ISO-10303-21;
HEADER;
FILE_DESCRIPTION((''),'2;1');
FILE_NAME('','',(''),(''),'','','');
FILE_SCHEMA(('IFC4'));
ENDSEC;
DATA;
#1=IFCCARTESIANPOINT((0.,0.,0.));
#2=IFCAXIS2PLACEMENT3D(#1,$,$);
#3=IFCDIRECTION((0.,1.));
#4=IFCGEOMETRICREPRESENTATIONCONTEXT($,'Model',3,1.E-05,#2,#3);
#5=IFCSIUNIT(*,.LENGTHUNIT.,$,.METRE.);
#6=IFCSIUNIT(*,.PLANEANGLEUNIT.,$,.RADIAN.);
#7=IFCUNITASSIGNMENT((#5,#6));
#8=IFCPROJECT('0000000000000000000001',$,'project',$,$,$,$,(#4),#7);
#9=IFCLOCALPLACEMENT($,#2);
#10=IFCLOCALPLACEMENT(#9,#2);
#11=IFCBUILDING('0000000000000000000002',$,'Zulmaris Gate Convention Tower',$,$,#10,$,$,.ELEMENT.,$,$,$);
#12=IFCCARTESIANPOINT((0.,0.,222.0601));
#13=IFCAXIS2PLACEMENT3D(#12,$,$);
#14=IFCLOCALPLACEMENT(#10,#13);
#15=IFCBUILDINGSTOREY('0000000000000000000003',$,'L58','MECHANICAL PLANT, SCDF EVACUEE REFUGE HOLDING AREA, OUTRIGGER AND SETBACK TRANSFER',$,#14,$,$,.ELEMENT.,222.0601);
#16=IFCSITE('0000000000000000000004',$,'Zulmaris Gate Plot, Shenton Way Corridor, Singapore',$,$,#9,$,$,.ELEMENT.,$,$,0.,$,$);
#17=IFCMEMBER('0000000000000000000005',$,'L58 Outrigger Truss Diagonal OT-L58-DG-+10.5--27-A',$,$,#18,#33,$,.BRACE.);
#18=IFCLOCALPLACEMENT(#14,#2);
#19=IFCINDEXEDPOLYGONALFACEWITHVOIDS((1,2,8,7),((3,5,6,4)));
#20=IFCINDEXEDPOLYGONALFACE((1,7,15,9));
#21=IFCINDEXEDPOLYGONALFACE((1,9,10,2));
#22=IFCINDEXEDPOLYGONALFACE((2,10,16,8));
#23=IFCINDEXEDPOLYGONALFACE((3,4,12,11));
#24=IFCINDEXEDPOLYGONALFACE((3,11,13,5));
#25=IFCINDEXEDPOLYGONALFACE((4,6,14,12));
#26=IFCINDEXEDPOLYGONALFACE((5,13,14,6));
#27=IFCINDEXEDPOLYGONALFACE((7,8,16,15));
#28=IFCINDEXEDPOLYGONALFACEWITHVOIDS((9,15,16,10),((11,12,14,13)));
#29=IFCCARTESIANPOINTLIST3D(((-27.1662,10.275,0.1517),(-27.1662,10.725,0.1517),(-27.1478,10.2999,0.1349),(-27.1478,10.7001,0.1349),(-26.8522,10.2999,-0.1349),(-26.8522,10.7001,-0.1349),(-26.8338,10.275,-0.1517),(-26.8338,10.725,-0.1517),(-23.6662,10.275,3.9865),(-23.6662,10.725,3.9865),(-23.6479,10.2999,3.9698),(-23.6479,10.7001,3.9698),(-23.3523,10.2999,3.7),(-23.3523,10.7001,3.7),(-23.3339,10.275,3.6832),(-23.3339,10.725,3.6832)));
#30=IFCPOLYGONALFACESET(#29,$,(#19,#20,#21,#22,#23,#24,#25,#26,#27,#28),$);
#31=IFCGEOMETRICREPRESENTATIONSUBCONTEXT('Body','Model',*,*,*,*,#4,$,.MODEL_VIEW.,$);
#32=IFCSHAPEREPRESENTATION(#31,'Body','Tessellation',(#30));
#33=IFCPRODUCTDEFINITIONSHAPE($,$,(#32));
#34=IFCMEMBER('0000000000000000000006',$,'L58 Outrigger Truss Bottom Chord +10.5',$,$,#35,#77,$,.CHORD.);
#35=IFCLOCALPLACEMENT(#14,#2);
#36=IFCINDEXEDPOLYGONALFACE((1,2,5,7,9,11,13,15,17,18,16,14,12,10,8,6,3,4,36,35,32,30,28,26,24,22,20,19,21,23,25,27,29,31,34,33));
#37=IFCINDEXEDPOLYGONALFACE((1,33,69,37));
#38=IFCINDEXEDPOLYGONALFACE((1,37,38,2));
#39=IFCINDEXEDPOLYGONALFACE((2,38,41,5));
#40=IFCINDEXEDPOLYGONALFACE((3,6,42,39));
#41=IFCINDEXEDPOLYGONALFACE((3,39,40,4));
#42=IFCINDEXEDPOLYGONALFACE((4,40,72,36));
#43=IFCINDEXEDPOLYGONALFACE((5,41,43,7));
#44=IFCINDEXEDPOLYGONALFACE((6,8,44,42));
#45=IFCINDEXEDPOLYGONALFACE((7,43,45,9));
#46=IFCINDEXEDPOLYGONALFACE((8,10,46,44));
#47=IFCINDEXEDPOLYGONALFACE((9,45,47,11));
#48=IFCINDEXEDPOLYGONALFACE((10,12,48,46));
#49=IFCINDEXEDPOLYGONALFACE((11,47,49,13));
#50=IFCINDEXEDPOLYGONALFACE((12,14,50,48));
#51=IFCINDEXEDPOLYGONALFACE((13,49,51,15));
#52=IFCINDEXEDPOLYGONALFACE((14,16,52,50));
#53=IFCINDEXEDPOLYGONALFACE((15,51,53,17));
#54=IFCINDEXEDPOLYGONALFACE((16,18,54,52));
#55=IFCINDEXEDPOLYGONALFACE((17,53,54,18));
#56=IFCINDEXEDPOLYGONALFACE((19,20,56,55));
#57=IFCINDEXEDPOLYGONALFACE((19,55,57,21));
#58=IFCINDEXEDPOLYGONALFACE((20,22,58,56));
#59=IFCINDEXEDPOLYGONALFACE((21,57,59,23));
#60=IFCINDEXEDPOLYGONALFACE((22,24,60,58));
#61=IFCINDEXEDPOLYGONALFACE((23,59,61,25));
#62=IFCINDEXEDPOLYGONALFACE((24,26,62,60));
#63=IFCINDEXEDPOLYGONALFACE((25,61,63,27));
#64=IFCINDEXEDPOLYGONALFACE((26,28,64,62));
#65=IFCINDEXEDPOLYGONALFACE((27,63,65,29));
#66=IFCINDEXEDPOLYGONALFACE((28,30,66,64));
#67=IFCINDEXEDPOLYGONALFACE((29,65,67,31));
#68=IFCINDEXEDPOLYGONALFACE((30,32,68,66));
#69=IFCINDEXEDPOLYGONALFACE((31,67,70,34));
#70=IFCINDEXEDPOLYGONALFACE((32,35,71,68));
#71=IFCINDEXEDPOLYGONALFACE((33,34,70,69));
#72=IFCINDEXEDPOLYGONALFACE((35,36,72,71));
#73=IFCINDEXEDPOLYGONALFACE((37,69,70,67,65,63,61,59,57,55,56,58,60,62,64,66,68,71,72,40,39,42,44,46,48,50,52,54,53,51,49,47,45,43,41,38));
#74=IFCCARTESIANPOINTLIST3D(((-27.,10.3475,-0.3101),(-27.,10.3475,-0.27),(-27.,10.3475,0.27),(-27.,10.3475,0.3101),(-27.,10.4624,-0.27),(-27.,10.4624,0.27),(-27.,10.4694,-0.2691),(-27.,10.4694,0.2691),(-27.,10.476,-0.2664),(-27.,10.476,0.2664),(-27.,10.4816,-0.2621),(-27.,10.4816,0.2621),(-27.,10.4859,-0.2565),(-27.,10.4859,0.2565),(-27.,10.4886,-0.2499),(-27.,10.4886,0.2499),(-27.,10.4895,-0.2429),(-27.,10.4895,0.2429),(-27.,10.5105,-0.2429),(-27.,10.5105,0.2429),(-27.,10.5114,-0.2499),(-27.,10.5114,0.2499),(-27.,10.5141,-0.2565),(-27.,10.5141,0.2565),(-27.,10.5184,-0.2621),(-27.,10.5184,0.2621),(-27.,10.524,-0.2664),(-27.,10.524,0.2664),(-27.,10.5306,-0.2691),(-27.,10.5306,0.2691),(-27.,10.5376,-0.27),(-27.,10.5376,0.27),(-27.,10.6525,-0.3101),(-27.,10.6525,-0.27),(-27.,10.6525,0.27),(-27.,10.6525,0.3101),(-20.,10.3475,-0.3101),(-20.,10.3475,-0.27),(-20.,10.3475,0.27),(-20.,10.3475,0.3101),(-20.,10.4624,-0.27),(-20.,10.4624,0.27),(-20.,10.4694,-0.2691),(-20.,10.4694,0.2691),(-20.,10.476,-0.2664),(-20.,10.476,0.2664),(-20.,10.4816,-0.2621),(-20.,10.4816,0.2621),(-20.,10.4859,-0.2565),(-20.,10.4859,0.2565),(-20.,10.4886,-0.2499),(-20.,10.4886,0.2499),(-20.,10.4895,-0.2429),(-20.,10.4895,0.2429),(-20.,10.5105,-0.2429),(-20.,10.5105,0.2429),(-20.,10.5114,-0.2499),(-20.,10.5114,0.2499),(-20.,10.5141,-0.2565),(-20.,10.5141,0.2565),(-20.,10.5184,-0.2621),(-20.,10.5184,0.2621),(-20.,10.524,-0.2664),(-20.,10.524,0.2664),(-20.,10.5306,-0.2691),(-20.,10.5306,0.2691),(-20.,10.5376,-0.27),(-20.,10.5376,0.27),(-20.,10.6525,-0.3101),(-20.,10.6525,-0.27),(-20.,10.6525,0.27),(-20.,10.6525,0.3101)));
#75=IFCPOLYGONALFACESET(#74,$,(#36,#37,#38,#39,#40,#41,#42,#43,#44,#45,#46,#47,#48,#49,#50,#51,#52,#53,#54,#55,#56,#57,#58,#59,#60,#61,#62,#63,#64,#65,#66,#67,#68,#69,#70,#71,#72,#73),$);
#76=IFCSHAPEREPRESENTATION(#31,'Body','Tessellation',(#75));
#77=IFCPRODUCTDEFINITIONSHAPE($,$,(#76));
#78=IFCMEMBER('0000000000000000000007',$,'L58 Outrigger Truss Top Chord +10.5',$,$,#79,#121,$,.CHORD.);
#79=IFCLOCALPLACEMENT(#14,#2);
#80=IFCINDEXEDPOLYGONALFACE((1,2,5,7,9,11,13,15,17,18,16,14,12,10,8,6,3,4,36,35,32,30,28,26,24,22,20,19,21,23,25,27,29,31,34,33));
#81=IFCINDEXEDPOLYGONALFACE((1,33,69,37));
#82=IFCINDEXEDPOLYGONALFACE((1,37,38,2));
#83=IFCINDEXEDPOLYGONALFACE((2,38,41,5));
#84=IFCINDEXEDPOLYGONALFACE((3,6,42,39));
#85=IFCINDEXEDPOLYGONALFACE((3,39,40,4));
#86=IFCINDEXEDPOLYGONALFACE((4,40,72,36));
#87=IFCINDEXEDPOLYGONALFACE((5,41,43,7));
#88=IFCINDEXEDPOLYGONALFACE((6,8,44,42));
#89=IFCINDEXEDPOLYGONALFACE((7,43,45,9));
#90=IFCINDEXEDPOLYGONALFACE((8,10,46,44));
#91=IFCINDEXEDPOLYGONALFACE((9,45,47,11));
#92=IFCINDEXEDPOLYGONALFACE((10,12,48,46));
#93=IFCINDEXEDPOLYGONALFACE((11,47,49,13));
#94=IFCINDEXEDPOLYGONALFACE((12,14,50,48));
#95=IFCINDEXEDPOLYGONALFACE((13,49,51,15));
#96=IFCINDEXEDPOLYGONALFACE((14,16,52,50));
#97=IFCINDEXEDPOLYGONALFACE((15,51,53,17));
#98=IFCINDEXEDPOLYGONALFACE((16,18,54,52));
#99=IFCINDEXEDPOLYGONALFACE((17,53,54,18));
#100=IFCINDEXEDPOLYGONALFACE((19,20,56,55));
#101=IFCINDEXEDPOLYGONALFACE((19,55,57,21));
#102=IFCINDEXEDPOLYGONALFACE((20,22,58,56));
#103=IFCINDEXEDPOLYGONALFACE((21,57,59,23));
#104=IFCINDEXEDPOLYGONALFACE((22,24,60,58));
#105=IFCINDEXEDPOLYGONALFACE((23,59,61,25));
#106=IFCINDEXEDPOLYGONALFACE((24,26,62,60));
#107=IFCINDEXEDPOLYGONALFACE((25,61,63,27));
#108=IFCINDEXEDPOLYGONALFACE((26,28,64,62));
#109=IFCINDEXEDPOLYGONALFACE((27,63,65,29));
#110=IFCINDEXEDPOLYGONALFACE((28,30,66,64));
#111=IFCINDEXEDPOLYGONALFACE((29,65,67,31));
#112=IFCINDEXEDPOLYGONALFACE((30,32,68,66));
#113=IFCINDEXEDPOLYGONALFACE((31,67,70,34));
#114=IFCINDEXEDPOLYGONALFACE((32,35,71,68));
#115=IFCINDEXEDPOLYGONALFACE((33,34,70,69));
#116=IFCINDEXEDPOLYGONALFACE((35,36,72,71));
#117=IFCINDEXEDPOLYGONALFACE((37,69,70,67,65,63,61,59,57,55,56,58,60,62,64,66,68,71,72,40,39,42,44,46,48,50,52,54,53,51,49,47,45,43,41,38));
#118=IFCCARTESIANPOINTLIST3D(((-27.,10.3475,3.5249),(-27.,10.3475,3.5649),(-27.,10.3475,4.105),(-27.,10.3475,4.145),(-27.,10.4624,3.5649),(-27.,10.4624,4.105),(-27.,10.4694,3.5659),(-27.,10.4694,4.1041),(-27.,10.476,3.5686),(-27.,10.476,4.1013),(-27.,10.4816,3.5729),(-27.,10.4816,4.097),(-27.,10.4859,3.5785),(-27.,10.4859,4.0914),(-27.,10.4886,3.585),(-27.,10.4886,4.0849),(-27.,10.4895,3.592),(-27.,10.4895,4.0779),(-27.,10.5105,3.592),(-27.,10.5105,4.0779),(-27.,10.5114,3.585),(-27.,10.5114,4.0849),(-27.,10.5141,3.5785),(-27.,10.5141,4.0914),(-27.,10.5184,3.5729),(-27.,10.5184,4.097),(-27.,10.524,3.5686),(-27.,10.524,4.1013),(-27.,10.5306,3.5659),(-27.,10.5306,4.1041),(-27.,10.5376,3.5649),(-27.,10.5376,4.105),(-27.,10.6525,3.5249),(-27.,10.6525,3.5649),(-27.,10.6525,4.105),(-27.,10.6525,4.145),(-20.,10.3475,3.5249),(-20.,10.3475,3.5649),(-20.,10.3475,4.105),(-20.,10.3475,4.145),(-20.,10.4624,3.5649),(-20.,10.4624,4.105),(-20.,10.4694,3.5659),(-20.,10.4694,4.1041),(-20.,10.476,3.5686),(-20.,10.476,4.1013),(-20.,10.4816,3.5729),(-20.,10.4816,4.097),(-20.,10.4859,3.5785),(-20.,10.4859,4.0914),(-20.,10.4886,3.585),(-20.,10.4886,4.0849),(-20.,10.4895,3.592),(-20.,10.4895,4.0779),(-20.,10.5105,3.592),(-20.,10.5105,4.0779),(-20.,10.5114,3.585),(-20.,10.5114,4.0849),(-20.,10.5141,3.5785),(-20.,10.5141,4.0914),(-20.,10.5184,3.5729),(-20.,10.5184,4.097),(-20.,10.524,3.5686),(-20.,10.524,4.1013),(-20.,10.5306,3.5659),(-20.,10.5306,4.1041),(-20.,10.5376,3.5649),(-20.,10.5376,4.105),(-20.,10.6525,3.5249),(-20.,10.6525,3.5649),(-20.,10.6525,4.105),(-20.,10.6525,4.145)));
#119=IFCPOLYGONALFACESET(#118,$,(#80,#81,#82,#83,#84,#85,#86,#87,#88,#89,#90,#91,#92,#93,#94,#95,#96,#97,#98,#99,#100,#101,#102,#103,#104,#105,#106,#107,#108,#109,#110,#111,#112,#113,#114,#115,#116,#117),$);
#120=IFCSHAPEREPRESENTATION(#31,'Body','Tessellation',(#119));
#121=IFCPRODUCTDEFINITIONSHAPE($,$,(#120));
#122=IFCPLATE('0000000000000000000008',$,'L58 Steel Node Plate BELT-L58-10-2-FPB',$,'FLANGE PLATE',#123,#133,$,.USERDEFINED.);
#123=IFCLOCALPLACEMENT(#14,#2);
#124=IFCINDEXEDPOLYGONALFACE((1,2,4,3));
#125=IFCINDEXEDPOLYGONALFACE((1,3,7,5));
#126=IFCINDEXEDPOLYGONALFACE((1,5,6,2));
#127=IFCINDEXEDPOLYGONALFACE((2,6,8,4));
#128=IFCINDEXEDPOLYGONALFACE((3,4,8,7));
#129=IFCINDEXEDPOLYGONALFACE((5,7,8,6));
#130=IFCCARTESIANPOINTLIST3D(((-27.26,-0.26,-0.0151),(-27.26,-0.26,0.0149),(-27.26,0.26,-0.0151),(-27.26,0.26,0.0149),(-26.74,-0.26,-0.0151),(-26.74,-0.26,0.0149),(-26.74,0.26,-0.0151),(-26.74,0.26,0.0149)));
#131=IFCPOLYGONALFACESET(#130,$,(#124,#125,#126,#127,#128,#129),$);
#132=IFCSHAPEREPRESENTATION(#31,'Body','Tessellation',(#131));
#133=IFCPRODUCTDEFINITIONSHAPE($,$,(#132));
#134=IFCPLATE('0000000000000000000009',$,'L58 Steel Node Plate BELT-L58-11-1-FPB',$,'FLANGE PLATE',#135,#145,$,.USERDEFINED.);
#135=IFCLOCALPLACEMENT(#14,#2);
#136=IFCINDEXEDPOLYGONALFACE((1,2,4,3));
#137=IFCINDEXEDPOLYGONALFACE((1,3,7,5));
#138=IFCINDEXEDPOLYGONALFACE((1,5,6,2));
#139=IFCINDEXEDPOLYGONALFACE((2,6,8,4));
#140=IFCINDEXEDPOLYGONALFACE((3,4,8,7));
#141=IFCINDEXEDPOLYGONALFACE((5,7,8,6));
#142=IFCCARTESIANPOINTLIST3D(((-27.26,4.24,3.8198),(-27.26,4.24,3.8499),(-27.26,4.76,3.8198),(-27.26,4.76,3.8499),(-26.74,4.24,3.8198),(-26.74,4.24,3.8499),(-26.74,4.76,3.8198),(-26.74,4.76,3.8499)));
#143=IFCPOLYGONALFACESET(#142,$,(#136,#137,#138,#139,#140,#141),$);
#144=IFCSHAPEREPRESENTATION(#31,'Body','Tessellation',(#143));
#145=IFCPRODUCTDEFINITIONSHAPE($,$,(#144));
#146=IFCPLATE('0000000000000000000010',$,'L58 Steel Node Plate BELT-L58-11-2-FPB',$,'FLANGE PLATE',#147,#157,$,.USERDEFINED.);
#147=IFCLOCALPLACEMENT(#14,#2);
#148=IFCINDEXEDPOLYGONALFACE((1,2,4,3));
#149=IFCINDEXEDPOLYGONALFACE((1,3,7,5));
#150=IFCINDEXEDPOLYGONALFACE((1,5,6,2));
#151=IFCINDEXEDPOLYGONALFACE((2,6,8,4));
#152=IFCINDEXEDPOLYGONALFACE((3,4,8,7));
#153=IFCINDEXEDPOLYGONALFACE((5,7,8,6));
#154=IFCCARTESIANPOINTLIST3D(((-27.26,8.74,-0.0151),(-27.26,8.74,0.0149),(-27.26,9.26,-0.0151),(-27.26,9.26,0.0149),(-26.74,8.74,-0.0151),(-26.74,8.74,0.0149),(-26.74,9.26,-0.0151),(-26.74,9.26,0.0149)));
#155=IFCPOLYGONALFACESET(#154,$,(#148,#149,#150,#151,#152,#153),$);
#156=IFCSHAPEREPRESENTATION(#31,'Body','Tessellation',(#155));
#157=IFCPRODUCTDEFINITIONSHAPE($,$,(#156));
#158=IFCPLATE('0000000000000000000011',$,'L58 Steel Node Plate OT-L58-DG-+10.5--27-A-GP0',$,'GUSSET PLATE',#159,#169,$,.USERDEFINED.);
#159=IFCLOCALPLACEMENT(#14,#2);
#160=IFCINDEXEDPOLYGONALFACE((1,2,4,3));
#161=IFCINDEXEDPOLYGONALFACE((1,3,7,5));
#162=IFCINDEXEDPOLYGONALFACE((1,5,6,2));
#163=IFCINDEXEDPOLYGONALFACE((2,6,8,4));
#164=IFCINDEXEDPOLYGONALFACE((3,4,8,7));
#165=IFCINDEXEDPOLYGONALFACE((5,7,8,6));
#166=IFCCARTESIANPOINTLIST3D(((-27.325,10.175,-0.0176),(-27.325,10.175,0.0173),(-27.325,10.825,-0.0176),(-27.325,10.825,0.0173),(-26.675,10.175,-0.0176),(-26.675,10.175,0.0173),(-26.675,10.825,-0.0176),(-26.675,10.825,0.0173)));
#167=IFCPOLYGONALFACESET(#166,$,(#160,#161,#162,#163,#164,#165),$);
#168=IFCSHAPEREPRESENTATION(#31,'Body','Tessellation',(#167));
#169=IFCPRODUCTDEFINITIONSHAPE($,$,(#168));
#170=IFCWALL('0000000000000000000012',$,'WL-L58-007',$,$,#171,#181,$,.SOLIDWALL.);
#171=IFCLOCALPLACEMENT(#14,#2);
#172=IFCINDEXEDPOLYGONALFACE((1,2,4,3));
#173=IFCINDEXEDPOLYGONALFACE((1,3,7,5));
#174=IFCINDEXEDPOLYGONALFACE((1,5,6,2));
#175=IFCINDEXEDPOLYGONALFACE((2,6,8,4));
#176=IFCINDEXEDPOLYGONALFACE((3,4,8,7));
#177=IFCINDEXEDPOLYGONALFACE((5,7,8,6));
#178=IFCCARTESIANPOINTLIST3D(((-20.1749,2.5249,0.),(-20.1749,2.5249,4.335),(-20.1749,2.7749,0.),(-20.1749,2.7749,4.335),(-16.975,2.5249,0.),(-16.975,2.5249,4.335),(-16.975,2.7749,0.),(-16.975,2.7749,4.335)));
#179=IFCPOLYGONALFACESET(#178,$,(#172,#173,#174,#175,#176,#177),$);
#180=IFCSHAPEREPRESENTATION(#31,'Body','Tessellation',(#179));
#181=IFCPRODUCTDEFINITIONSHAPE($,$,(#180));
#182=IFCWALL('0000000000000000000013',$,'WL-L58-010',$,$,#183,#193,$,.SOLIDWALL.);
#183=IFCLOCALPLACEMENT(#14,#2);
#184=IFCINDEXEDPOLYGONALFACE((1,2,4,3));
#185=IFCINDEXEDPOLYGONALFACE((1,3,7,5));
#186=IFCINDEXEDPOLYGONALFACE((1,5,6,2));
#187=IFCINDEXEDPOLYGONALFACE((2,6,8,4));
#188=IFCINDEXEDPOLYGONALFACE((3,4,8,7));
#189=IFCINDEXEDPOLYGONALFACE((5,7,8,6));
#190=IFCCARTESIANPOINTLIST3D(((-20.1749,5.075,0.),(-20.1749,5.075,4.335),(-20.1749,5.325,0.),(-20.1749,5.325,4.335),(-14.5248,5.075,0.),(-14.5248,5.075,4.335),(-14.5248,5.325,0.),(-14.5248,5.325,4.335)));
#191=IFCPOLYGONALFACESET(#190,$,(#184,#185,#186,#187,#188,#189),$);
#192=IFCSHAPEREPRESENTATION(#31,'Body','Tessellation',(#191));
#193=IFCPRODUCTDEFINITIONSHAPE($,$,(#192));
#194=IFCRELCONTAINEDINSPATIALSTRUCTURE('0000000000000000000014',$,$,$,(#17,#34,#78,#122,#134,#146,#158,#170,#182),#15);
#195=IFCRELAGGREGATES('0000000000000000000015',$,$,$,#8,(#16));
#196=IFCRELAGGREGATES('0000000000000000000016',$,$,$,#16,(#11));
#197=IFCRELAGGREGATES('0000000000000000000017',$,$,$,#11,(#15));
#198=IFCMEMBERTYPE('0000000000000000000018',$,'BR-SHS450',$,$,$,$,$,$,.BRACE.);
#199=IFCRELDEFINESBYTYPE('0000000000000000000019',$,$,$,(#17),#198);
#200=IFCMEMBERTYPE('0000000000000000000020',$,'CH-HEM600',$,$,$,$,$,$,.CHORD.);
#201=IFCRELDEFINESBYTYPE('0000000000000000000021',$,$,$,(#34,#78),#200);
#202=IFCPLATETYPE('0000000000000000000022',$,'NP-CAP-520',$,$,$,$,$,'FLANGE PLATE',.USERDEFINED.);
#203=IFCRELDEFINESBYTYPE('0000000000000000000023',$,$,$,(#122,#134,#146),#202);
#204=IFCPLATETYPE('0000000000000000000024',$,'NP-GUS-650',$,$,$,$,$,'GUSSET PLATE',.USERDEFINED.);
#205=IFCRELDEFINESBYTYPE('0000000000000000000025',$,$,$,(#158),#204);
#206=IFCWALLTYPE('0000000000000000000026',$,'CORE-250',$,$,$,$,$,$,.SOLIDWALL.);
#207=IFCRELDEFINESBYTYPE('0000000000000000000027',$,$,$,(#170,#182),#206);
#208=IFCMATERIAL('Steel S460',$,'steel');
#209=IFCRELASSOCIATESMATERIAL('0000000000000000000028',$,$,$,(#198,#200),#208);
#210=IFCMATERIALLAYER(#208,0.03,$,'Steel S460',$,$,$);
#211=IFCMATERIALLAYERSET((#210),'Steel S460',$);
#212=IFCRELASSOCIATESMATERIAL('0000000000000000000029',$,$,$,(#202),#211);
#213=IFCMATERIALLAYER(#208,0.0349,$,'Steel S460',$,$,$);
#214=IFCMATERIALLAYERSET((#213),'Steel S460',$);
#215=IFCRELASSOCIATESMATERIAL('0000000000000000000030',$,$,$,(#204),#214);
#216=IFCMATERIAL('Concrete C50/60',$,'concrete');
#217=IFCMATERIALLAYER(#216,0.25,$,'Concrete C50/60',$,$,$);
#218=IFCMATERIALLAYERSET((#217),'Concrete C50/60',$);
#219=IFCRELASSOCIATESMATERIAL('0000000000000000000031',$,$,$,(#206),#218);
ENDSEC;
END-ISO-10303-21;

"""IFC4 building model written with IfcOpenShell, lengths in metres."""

from ifc_helpers import new_model, si_unit, direction, frame, frame_2d, origin, origin_2d, place, context, subcontext, project, spatial, rectangle, hollow_rectangle, i_section, extrude, material, layer, layer_set, material_profile, profile_set, type_object, element, save


model = new_model("IFC4")

# Units and contexts
model_context = context("Model", 3, precision=1e-05, world=origin(), true_north=direction((0.0, 1.0)))
body_context = subcontext(model_context, "Body", "Model", "MODEL_VIEW")
ifc_project = project(units=[si_unit("LENGTHUNIT", "METRE"), si_unit("PLANEANGLEUNIT", "RADIAN")], contexts=[model_context])

# Site, building, storey
site_placement = place(None, origin())
site = spatial("IfcSite", under=ifc_project, at=site_placement, Name="Zulmaris Gate Plot, Shenton Way Corridor, Singapore", CompositionType="ELEMENT", RefElevation=0.0)
building_placement = place(site_placement, origin())
building = spatial("IfcBuilding", under=site, at=building_placement, Name="Zulmaris Gate Convention Tower", CompositionType="ELEMENT")
storey_placement = place(building_placement, frame((0.0, 0.0, 222.0601)))
storey = spatial("IfcBuildingStorey", under=building, at=storey_placement, Name="L58", Description="MECHANICAL PLANT, SCDF EVACUEE REFUGE HOLDING AREA, OUTRIGGER AND SETBACK TRANSFER", CompositionType="ELEMENT", Elevation=222.0601)

# Shared definitions
ifc_material_1 = material(Name="Steel S460", Category="steel")

# Members
ifc_material_profile_1 = material_profile(ifc_material_1, hollow_rectangle(XDim=0.45, YDim=0.45, WallThickness=0.0249, at=origin_2d()), Name="SHS 450x450x25")
ifc_profile_set_1 = profile_set([ifc_material_profile_1], Name="Steel S460")
member_type_1 = type_object("IfcMemberType", Name="BR-SHS450", PredefinedType="BRACE", material=ifc_profile_set_1)
member_1_placement = place(storey_placement, frame((-27.0, 10.5, 0.0), z_axis=(0.674113, 0.0, 0.738628), x_axis=(0.0, 1.0, 0.0)))
element("IfcMember", 1, at=member_1_placement, inside=storey, type_object=member_type_1, Name="L58 Outrigger Truss Diagonal OT-L58-DG-+10.5--27-A", PredefinedType="BRACE", context=body_context, shape_type="SweptSolid", body=[
    extrude(hollow_rectangle(XDim=0.45, YDim=0.45, WallThickness=0.0249, at=origin_2d()), origin(), (0.0, 0.0, 1.0), 5.1919),
])
ifc_material_profile_2 = material_profile(ifc_material_1, i_section(OverallWidth=0.3049, OverallDepth=0.6201, WebThickness=0.021, FlangeThickness=0.04, FilletRadius=0.0271, at=origin_2d()), Name="HEM 600")
ifc_profile_set_2 = profile_set([ifc_material_profile_2], Name="Steel S460")
member_type_2 = type_object("IfcMemberType", Name="CH-HEM600", PredefinedType="CHORD", material=ifc_profile_set_2)
for number, where, z_axis, x_axis, name in (
    (2, (-27.0, 10.5, 0.0), (1.0, 0.0, 0.0), (0.0, 1.0, 0.0), "L58 Outrigger Truss Bottom Chord +10.5"),
    (3, (-27.0, 10.5, 3.835), (1.0, 0.0, 0.0), (0.0, 1.0, 0.0), "L58 Outrigger Truss Top Chord +10.5"),
):
    element("IfcMember", number, at=place(storey_placement, frame(where, z_axis=z_axis, x_axis=x_axis)), inside=storey, type_object=member_type_2, Name=name, PredefinedType="CHORD", context=body_context, shape_type="SweptSolid", body=[
        extrude(i_section(OverallWidth=0.3049, OverallDepth=0.6201, WebThickness=0.021, FlangeThickness=0.04, FilletRadius=0.0271, at=origin_2d()), origin(), (0.0, 0.0, 1.0), 7.0),
    ])

# Plates
ifc_layer_1 = layer(ifc_material_1, 0.03, Name="Steel S460")
ifc_layer_set_1 = layer_set([ifc_layer_1], Name="Steel S460")
plate_type_1 = type_object("IfcPlateType", Name="NP-CAP-520", ElementType="FLANGE PLATE", PredefinedType="USERDEFINED", material=ifc_layer_set_1)
for number, where, z_axis, x_axis, name in (
    (4, (-27.0, 0.0, -0.0151), (0.0, 0.0, 1.0), (1.0, 0.0, 0.0), "L58 Steel Node Plate BELT-L58-10-2-FPB"),
    (5, (-27.0, 4.5, 3.8198), (0.0, 0.0, 1.0), (1.0, 0.0, 0.0), "L58 Steel Node Plate BELT-L58-11-1-FPB"),
    (6, (-27.0, 9.0, -0.0151), (0.0, 0.0, 1.0), (1.0, 0.0, 0.0), "L58 Steel Node Plate BELT-L58-11-2-FPB"),
):
    element("IfcPlate", number, at=place(storey_placement, frame(where, z_axis=z_axis, x_axis=x_axis)), inside=storey, type_object=plate_type_1, Name=name, ObjectType="FLANGE PLATE", PredefinedType="USERDEFINED", context=body_context, shape_type="SweptSolid", body=[
        extrude(rectangle(XDim=0.52, YDim=0.52, at=origin_2d()), origin(), (0.0, 0.0, 1.0), 0.03),
    ])
ifc_layer_2 = layer(ifc_material_1, 0.0349, Name="Steel S460")
ifc_layer_set_2 = layer_set([ifc_layer_2], Name="Steel S460")
plate_type_2 = type_object("IfcPlateType", Name="NP-GUS-650", ElementType="GUSSET PLATE", PredefinedType="USERDEFINED", material=ifc_layer_set_2)
plate_placement = place(storey_placement, frame((-27.0, 10.5, -0.0176), z_axis=(0.0, 0.0, 1.0), x_axis=(1.0, 0.0, 0.0)))
element("IfcPlate", 7, at=plate_placement, inside=storey, type_object=plate_type_2, Name="L58 Steel Node Plate OT-L58-DG-+10.5--27-A-GP0", ObjectType="GUSSET PLATE", PredefinedType="USERDEFINED", context=body_context, shape_type="SweptSolid", body=[
    extrude(rectangle(XDim=0.6499, YDim=0.6499, at=origin_2d()), origin(), (0.0, 0.0, 1.0), 0.0349),
])

# Walls
ifc_material_2 = material(Name="Concrete C50/60", Category="concrete")
ifc_layer_3 = layer(ifc_material_2, 0.25, Name="Concrete C50/60")
ifc_layer_set_3 = layer_set([ifc_layer_3], Name="Concrete C50/60")
wall_type_1 = type_object("IfcWallType", Name="CORE-250", PredefinedType="SOLIDWALL", material=ifc_layer_set_3)
wall_1_placement = place(storey_placement, frame((-20.175, 2.6499, 0.0), z_axis=(0.0, 0.0, 1.0), x_axis=(1.0, 0.0, 0.0)))
element("IfcWall", 8, at=wall_1_placement, inside=storey, type_object=wall_type_1, Name="WL-L58-007", PredefinedType="SOLIDWALL", context=body_context, shape_type="SweptSolid", body=[
    extrude(rectangle(XDim=3.2, YDim=0.25, at=frame_2d((1.6001, 0.0))), origin(), (0.0, 0.0, 1.0), 4.335),
])
wall_2_placement = place(storey_placement, frame((-20.175, 5.2, 0.0), z_axis=(0.0, 0.0, 1.0), x_axis=(1.0, 0.0, 0.0)))
element("IfcWall", 9, at=wall_2_placement, inside=storey, type_object=wall_type_1, Name="WL-L58-010", PredefinedType="SOLIDWALL", context=body_context, shape_type="SweptSolid", body=[
    extrude(rectangle(XDim=5.6501, YDim=0.25, at=frame_2d((2.8252, 0.0))), origin(), (0.0, 0.0, 1.0), 4.335),
])

save(model, "model.ifc")
